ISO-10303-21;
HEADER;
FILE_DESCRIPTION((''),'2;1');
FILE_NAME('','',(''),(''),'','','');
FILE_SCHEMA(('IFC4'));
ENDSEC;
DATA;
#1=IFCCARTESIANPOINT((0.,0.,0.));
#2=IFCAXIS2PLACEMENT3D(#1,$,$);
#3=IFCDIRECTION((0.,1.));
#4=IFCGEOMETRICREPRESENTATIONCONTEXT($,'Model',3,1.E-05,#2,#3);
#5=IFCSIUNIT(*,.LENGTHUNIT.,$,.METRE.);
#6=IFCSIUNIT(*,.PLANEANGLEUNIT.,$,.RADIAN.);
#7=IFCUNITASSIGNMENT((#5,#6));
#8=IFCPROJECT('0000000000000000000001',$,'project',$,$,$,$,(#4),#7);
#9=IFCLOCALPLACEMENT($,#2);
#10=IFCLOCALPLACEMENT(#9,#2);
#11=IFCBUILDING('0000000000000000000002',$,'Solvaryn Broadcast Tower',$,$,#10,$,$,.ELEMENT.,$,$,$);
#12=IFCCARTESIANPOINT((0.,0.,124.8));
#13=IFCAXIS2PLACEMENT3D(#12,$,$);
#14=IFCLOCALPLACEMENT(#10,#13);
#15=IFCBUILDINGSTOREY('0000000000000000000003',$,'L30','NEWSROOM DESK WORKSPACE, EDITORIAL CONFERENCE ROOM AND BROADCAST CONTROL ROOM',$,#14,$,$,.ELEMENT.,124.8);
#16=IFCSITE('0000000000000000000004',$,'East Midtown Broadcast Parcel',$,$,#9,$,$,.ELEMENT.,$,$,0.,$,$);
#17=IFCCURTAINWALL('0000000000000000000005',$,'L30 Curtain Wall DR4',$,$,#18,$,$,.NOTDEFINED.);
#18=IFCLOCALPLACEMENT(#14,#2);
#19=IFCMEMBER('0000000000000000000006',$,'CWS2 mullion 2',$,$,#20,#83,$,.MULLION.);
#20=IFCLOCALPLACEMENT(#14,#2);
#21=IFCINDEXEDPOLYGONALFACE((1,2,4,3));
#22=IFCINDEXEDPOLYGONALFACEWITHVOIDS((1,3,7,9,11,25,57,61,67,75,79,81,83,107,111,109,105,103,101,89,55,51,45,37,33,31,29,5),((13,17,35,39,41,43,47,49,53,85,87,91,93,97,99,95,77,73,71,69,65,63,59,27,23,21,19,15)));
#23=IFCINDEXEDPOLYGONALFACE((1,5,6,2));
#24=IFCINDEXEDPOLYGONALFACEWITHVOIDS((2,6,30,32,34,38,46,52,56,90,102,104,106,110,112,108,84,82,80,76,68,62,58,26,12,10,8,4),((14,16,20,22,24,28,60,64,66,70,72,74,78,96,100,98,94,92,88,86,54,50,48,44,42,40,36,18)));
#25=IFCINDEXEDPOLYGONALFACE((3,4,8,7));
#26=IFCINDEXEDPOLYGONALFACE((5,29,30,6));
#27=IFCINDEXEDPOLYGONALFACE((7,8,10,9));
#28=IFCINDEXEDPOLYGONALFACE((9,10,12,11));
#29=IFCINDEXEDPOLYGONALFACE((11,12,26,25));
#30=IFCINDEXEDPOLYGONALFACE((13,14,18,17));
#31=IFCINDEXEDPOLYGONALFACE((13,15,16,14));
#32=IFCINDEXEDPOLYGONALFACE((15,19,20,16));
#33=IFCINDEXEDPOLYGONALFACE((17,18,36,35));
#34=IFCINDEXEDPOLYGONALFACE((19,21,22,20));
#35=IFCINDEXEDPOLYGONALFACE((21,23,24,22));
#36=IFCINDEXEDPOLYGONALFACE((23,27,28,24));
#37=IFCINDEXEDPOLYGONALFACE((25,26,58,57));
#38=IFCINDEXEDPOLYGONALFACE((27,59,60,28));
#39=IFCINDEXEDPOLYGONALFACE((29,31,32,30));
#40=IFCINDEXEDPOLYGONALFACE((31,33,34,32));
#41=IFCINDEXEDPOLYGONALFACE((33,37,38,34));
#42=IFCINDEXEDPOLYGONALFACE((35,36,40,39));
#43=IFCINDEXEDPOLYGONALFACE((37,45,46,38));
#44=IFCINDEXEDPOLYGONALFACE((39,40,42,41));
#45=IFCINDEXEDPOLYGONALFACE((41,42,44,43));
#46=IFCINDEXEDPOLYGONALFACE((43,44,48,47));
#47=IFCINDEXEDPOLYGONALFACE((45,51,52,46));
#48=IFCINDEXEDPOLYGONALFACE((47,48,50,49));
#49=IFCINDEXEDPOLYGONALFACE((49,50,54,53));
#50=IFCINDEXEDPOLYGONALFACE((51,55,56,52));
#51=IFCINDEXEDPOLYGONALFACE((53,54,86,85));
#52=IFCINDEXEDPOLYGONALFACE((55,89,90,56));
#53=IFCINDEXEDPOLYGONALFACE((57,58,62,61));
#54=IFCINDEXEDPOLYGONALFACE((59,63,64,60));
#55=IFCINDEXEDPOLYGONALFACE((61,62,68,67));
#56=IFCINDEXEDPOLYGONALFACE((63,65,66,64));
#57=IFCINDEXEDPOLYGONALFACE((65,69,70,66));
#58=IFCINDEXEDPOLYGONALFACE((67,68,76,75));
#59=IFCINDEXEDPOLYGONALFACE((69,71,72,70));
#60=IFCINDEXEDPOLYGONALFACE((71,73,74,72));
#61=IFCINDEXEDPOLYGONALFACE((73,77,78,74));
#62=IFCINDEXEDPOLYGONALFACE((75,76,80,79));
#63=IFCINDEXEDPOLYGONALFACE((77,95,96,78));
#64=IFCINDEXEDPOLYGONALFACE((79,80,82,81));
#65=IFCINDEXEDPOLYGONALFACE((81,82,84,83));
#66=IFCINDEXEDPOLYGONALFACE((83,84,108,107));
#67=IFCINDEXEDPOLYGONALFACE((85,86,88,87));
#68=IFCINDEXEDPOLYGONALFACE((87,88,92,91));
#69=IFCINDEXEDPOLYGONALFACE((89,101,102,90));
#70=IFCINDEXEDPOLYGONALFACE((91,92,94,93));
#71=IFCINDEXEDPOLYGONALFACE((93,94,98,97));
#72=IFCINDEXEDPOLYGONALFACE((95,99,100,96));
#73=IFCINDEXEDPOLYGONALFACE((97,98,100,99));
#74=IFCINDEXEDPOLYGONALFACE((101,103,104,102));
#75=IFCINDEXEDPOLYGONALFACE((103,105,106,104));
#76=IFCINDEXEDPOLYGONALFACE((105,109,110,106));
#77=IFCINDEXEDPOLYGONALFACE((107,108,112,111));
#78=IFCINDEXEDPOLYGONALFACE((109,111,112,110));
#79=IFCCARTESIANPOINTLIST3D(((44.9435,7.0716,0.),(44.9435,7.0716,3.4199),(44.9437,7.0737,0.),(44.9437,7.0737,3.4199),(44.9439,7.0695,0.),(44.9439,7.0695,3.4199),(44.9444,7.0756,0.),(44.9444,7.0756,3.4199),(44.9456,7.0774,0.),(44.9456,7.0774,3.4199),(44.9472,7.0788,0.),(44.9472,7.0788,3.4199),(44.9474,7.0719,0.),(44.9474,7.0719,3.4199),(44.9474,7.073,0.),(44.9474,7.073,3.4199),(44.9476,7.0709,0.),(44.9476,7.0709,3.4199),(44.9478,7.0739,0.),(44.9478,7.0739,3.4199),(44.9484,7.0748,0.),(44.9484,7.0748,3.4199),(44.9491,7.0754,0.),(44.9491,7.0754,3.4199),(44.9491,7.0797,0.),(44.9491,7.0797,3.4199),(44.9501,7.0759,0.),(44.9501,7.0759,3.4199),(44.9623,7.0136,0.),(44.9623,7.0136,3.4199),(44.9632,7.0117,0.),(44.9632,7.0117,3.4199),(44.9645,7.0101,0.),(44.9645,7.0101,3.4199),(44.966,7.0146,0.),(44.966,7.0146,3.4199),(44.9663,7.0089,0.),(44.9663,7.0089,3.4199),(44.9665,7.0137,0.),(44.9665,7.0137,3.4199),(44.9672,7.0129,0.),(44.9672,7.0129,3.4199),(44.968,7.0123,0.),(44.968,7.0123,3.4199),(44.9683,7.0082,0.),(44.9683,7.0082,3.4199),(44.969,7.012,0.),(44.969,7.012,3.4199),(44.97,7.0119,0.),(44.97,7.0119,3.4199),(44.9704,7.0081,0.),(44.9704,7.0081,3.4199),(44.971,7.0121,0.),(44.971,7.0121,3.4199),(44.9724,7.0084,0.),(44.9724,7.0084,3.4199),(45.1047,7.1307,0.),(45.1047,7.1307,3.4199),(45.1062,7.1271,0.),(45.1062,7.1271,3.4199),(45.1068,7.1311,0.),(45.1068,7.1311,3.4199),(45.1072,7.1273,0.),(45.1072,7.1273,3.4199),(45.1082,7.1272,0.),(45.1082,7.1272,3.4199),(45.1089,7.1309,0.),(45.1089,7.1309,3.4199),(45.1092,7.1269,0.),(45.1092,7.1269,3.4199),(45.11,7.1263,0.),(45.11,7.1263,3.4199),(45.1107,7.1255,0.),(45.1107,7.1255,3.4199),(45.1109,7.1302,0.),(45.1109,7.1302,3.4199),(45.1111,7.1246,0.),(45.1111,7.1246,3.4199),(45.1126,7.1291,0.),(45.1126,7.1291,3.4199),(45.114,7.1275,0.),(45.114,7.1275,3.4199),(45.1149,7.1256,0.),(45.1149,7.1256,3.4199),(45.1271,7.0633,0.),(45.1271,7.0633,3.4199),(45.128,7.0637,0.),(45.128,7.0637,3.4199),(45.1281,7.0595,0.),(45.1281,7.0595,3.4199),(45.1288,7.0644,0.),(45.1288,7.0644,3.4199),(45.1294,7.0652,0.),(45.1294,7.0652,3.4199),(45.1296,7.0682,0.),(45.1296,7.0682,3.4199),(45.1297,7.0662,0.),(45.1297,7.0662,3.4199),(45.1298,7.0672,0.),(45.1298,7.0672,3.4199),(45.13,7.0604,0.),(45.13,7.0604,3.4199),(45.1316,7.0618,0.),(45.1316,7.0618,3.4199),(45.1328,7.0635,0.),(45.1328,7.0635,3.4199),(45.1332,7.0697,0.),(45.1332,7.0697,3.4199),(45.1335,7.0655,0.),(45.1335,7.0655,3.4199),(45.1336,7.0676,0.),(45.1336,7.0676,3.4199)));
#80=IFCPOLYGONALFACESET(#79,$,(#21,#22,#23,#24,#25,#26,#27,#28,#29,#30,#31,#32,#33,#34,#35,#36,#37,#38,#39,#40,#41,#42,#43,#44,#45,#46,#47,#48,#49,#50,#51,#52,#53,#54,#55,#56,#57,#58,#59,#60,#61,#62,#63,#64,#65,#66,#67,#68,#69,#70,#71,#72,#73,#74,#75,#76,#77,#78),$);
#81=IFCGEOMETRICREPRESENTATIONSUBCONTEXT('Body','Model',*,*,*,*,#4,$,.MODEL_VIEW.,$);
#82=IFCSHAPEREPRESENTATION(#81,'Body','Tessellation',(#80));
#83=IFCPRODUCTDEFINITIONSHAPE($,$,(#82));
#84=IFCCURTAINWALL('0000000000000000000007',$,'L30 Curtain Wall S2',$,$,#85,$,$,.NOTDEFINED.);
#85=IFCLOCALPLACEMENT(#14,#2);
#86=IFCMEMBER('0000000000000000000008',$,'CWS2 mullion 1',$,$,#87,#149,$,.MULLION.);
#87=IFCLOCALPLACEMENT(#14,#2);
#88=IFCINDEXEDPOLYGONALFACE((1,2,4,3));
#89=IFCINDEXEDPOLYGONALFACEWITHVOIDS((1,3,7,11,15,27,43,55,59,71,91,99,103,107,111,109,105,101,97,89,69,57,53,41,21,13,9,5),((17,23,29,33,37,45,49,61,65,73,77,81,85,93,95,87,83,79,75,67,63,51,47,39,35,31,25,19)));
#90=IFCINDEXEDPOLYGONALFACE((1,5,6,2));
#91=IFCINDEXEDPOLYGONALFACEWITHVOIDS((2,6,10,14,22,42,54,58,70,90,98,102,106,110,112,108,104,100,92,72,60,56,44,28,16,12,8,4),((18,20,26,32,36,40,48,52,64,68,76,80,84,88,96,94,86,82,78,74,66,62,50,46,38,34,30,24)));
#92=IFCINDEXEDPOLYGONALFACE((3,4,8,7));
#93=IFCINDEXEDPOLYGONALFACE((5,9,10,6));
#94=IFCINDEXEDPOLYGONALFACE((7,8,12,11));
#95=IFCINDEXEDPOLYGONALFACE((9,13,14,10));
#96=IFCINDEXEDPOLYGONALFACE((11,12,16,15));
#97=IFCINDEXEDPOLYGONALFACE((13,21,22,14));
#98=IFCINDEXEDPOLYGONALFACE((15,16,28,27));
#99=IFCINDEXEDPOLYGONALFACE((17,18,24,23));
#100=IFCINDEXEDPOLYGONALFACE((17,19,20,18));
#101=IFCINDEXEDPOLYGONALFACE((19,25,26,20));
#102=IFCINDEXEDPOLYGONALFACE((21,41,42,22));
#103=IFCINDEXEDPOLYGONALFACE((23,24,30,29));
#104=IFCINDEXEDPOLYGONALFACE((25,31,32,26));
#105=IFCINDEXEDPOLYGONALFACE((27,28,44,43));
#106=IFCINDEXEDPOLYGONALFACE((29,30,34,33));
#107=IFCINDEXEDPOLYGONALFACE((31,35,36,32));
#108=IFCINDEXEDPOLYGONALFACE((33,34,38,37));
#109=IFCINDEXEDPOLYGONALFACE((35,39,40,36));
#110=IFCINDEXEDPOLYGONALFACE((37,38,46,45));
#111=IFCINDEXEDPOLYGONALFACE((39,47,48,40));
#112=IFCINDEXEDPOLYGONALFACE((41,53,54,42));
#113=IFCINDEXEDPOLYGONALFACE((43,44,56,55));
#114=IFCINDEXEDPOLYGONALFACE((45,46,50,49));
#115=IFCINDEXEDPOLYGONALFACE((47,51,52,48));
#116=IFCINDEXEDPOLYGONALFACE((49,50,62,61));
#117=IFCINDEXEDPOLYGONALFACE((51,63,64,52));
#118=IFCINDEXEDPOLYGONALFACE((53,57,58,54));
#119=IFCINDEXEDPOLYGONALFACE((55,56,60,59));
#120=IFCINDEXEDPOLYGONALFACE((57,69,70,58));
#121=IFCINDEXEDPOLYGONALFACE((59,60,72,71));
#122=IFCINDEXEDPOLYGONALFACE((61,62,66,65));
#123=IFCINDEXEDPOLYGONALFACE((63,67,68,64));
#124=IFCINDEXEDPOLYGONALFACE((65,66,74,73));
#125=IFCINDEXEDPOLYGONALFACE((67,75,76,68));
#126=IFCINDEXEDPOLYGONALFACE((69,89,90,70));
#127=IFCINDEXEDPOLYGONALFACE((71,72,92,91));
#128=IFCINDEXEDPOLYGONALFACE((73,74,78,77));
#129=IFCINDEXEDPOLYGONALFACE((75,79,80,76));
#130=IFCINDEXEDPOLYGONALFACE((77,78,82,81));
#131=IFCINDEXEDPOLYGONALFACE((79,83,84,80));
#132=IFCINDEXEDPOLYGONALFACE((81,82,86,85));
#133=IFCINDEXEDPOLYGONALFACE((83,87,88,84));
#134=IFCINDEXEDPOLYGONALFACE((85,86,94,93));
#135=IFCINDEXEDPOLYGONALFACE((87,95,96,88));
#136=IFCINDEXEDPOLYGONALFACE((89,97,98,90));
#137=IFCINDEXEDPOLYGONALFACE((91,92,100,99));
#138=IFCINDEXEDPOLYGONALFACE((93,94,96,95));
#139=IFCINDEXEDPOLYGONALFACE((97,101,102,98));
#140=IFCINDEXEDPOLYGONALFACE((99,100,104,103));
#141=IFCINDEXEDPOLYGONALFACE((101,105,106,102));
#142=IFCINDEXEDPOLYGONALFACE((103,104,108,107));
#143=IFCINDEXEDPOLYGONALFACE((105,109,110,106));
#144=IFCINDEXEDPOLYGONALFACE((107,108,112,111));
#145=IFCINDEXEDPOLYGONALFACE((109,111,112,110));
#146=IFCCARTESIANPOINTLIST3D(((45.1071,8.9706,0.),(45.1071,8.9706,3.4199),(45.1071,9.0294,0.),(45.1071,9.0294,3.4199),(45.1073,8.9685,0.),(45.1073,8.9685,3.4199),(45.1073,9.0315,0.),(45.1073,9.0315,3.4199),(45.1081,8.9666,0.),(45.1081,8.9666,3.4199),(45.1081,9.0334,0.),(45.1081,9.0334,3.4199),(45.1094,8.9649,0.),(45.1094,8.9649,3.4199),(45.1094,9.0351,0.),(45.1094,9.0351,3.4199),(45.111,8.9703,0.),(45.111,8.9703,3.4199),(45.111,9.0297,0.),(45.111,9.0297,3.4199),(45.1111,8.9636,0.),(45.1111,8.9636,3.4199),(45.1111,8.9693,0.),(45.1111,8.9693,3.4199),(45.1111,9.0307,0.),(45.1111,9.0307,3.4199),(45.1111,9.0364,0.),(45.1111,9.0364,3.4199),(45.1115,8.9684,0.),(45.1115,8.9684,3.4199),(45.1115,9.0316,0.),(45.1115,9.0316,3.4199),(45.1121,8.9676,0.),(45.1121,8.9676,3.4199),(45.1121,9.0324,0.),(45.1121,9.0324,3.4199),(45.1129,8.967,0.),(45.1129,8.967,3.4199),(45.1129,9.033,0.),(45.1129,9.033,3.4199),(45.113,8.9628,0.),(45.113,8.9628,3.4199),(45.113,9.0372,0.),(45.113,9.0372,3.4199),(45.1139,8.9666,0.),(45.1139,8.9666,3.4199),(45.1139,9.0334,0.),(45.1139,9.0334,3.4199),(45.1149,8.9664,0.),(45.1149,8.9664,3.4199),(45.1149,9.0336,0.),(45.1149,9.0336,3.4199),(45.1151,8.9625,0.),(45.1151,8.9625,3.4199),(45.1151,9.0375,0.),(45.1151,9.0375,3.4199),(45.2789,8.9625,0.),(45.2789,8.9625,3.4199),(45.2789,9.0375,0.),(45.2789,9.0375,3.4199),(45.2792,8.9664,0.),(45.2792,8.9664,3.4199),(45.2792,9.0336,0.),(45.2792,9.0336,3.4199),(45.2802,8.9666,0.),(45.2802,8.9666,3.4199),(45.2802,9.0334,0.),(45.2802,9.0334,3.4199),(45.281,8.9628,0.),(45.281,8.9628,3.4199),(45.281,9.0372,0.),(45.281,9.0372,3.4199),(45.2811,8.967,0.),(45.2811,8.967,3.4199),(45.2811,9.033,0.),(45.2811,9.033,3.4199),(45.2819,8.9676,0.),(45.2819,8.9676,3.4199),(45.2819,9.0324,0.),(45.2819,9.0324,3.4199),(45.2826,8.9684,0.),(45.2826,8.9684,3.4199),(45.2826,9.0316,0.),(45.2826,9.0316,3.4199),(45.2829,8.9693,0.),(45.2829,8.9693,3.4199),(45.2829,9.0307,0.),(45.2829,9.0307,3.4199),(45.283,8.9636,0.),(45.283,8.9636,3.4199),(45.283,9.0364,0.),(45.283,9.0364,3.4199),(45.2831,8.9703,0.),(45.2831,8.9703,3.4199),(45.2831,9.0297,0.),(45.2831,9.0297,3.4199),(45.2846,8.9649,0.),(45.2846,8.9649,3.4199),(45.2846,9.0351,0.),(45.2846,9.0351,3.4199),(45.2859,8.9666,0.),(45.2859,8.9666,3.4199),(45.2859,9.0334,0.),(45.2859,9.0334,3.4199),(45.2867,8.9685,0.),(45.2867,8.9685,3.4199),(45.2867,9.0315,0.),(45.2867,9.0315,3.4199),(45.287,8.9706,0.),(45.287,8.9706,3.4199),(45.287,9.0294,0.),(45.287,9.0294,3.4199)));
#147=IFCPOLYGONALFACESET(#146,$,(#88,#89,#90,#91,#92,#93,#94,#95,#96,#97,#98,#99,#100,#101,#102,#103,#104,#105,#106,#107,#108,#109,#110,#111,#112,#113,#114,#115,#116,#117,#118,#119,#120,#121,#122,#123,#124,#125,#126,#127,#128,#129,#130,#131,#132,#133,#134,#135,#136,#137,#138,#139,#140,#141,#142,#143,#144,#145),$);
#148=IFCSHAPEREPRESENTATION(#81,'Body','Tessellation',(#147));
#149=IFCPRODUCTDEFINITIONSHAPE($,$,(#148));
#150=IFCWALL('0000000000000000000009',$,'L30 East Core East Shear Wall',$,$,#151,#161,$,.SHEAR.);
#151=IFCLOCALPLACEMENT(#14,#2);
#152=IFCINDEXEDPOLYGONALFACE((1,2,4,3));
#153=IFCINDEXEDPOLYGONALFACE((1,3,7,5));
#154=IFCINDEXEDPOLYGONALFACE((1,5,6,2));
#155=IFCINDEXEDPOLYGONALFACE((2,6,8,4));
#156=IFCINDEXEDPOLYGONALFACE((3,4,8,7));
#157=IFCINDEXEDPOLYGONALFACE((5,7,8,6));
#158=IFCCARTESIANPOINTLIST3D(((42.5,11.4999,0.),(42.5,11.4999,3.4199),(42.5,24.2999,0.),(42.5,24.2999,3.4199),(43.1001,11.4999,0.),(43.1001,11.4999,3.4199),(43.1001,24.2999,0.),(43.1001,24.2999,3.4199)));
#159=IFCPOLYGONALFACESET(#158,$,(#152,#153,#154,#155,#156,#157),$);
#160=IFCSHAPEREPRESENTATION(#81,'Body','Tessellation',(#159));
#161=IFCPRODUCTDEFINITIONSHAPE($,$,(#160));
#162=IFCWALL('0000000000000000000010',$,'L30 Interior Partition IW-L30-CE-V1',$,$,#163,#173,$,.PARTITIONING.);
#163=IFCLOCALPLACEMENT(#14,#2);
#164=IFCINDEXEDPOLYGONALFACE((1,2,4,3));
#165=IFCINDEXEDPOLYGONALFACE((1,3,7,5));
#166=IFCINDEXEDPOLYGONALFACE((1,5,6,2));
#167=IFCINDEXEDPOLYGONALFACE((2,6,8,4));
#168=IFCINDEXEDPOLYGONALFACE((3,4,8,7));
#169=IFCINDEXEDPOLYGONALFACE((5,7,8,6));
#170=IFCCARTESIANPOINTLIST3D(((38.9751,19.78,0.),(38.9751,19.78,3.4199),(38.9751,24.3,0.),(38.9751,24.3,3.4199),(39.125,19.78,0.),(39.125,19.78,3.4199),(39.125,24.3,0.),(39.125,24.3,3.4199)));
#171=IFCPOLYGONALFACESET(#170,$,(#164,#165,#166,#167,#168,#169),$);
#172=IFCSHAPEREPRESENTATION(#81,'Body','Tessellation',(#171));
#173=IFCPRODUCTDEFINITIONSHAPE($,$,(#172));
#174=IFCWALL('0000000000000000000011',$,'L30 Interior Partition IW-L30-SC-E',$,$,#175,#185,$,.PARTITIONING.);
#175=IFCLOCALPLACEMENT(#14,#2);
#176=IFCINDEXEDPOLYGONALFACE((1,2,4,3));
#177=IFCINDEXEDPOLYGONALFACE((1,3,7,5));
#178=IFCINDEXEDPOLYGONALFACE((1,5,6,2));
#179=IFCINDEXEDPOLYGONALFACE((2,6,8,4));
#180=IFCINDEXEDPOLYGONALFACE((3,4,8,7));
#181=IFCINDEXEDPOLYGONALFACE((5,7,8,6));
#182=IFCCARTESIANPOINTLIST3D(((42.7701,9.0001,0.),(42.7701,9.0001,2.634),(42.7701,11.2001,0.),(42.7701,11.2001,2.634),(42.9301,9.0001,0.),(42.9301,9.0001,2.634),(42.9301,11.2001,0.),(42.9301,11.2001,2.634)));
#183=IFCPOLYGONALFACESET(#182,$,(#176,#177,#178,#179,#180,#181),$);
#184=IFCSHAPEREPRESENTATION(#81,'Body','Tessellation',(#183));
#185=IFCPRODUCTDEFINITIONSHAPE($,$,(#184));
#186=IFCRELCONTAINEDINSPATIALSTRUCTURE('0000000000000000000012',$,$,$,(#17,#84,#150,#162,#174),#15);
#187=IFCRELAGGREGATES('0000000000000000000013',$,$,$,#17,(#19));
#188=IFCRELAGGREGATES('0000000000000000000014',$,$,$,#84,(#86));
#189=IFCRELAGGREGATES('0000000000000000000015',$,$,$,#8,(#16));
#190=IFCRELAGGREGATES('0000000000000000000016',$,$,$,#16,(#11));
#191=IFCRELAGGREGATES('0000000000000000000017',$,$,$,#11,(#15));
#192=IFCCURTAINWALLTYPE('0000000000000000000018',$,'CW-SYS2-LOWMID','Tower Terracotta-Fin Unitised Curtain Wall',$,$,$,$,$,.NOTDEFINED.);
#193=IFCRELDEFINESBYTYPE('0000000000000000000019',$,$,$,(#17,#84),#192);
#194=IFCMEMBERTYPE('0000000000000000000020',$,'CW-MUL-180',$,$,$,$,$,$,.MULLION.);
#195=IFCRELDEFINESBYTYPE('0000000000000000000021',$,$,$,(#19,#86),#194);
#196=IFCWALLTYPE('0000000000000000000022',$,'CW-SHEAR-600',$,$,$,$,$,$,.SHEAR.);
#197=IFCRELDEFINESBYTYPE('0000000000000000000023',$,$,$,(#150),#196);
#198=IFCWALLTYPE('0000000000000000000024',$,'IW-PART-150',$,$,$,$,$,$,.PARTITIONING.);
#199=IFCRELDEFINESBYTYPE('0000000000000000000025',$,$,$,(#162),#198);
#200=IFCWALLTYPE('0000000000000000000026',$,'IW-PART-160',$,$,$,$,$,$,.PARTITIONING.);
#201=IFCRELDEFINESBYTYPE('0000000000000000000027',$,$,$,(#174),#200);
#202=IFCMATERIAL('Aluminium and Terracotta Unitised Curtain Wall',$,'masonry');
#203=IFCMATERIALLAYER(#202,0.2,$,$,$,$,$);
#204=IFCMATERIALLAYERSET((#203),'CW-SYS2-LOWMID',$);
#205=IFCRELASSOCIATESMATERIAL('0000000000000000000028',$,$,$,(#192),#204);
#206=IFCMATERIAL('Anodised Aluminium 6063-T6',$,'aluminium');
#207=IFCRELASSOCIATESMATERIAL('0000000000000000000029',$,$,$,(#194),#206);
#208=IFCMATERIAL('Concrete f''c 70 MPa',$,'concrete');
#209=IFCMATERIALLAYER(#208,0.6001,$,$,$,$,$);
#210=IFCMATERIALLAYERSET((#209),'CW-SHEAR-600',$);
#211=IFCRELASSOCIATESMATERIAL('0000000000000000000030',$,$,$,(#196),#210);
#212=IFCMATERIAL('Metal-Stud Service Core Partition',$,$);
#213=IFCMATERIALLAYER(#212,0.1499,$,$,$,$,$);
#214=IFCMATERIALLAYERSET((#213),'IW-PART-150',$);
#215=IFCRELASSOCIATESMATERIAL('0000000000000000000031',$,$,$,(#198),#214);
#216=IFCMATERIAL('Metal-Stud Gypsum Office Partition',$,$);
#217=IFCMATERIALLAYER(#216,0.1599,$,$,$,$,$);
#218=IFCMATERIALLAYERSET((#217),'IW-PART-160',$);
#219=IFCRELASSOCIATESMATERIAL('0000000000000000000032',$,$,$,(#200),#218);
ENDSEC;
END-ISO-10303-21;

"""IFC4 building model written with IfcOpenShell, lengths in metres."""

from ifc_helpers import new_model, si_unit, direction, frame, frame_2d, origin, origin_2d, place, context, subcontext, project, spatial, rectangle, hollow_rectangle, extrude, material, layer, layer_set, material_profile, profile_set, type_object, element, aggregate, save


model = new_model("IFC4")

# Units and contexts
model_context = context("Model", 3, precision=1e-05, world=origin(), true_north=direction((0.0, 1.0)))
body_context = subcontext(model_context, "Body", "Model", "MODEL_VIEW")
ifc_project = project(units=[si_unit("LENGTHUNIT", "METRE"), si_unit("PLANEANGLEUNIT", "RADIAN")], contexts=[model_context])

# Site, building, storey
site_placement = place(None, origin())
site = spatial("IfcSite", under=ifc_project, at=site_placement, Name="East Midtown Broadcast Parcel", CompositionType="ELEMENT", RefElevation=0.0)
building_placement = place(site_placement, origin())
building = spatial("IfcBuilding", under=site, at=building_placement, Name="Solvaryn Broadcast Tower", CompositionType="ELEMENT")
storey_placement = place(building_placement, frame((0.0, 0.0, 124.8)))
storey = spatial("IfcBuildingStorey", under=building, at=storey_placement, Name="L30", Description="NEWSROOM DESK WORKSPACE, EDITORIAL CONFERENCE ROOM AND BROADCAST CONTROL ROOM", CompositionType="ELEMENT", Elevation=124.8)

# Curtain walls, members
ifc_material_1 = material(Name="Aluminium and Terracotta Unitised Curtain Wall", Category="masonry")
ifc_layer_1 = layer(ifc_material_1, 0.2)
ifc_layer_set_1 = layer_set([ifc_layer_1], Name="CW-SYS2-LOWMID")
curtain_wall_type = type_object("IfcCurtainWallType", Name="CW-SYS2-LOWMID", Description="Tower Terracotta-Fin Unitised Curtain Wall", PredefinedType="NOTDEFINED", material=ifc_layer_set_1)
curtain_wall_1_placement = place(storey_placement, origin())
curtain_wall_1 = element("IfcCurtainWall", 1, at=curtain_wall_1_placement, inside=storey, type_object=curtain_wall_type, Name="L30 Curtain Wall DR4", PredefinedType="NOTDEFINED")
ifc_material_2 = material(Name="Anodised Aluminium 6063-T6", Category="aluminium")
ifc_material_profile_1 = material_profile(ifc_material_2, hollow_rectangle(XDim=0.075, YDim=0.1799, WallThickness=0.0039, InnerFilletRadius=0.0039, OuterFilletRadius=0.0081, at=origin_2d()))
ifc_profile_set_1 = profile_set([ifc_material_profile_1], Name="Anodised Aluminium 6063-T6")
member_type = type_object("IfcMemberType", Name="CW-MUL-180", PredefinedType="MULLION", material=ifc_profile_set_1)
member_1_placement = place(storey_placement, frame((45.0386, 7.0696, 0.0), z_axis=(0.0, 0.0, 1.0), x_axis=(-0.311646, 0.950198, 0.0)))
member_1 = element("IfcMember", 2, at=member_1_placement, type_object=member_type, Name="CWS2 mullion 2", PredefinedType="MULLION", context=body_context, shape_type="SweptSolid", body=[
    extrude(hollow_rectangle(XDim=0.075, YDim=0.1799, WallThickness=0.0039, InnerFilletRadius=0.0039, OuterFilletRadius=0.0081, at=origin_2d()), origin(), (0.0, 0.0, 1.0), 3.4199),
])
aggregate(curtain_wall_1, [member_1])
curtain_wall_2_placement = place(storey_placement, origin())
curtain_wall_2 = element("IfcCurtainWall", 3, at=curtain_wall_2_placement, inside=storey, type_object=curtain_wall_type, Name="L30 Curtain Wall S2", PredefinedType="NOTDEFINED")
member_2_placement = place(storey_placement, frame((45.197, 9.0, 0.0), z_axis=(0.0, 0.0, 1.0), x_axis=(0.0, 1.0, 0.0)))
member_2 = element("IfcMember", 4, at=member_2_placement, type_object=member_type, Name="CWS2 mullion 1", PredefinedType="MULLION", context=body_context, shape_type="SweptSolid", body=[
    extrude(hollow_rectangle(XDim=0.075, YDim=0.1799, WallThickness=0.0039, InnerFilletRadius=0.0039, OuterFilletRadius=0.0081, at=origin_2d()), origin(), (0.0, 0.0, 1.0), 3.4199),
])
aggregate(curtain_wall_2, [member_2])

# Walls
ifc_material_3 = material(Name="Concrete f'c 70 MPa", Category="concrete")
ifc_layer_2 = layer(ifc_material_3, 0.6001)
ifc_layer_set_2 = layer_set([ifc_layer_2], Name="CW-SHEAR-600")
wall_type_1 = type_object("IfcWallType", Name="CW-SHEAR-600", PredefinedType="SHEAR", material=ifc_layer_set_2)
wall_1_placement = place(storey_placement, frame((42.8, 11.5, 0.0), z_axis=(0.0, 0.0, 1.0), x_axis=(0.0, 1.0, 0.0)))
element("IfcWall", 5, at=wall_1_placement, inside=storey, type_object=wall_type_1, Name="L30 East Core East Shear Wall", PredefinedType="SHEAR", context=body_context, shape_type="SweptSolid", body=[
    extrude(rectangle(XDim=12.8, YDim=0.6001, at=frame_2d((6.3999, 0.0))), origin(), (0.0, 0.0, 1.0), 3.4199),
])
ifc_material_4 = material(Name="Metal-Stud Service Core Partition")
ifc_layer_3 = layer(ifc_material_4, 0.1499)
ifc_layer_set_3 = layer_set([ifc_layer_3], Name="IW-PART-150")
wall_type_2 = type_object("IfcWallType", Name="IW-PART-150", PredefinedType="PARTITIONING", material=ifc_layer_set_3)
wall_2_placement = place(storey_placement, frame((39.05, 19.78, 0.0), z_axis=(0.0, 0.0, 1.0), x_axis=(0.0, 1.0, 0.0)))
element("IfcWall", 6, at=wall_2_placement, inside=storey, type_object=wall_type_2, Name="L30 Interior Partition IW-L30-CE-V1", PredefinedType="PARTITIONING", context=body_context, shape_type="SweptSolid", body=[
    extrude(rectangle(XDim=4.52, YDim=0.1499, at=frame_2d((2.26, 0.0))), origin(), (0.0, 0.0, 1.0), 3.4199),
])
ifc_material_5 = material(Name="Metal-Stud Gypsum Office Partition")
ifc_layer_4 = layer(ifc_material_5, 0.1599)
ifc_layer_set_4 = layer_set([ifc_layer_4], Name="IW-PART-160")
wall_type_3 = type_object("IfcWallType", Name="IW-PART-160", PredefinedType="PARTITIONING", material=ifc_layer_set_4)
wall_3_placement = place(storey_placement, frame((42.8501, 9.0, 0.0), z_axis=(0.0, 0.0, 1.0), x_axis=(0.0, 1.0, 0.0)))
element("IfcWall", 7, at=wall_3_placement, inside=storey, type_object=wall_type_3, Name="L30 Interior Partition IW-L30-SC-E", PredefinedType="PARTITIONING", context=body_context, shape_type="SweptSolid", body=[
    extrude(rectangle(XDim=2.2, YDim=0.1599, at=frame_2d((1.1001, 0.0))), origin(), (0.0, 0.0, 1.0), 2.634),
])

save(model, "model.ifc")
